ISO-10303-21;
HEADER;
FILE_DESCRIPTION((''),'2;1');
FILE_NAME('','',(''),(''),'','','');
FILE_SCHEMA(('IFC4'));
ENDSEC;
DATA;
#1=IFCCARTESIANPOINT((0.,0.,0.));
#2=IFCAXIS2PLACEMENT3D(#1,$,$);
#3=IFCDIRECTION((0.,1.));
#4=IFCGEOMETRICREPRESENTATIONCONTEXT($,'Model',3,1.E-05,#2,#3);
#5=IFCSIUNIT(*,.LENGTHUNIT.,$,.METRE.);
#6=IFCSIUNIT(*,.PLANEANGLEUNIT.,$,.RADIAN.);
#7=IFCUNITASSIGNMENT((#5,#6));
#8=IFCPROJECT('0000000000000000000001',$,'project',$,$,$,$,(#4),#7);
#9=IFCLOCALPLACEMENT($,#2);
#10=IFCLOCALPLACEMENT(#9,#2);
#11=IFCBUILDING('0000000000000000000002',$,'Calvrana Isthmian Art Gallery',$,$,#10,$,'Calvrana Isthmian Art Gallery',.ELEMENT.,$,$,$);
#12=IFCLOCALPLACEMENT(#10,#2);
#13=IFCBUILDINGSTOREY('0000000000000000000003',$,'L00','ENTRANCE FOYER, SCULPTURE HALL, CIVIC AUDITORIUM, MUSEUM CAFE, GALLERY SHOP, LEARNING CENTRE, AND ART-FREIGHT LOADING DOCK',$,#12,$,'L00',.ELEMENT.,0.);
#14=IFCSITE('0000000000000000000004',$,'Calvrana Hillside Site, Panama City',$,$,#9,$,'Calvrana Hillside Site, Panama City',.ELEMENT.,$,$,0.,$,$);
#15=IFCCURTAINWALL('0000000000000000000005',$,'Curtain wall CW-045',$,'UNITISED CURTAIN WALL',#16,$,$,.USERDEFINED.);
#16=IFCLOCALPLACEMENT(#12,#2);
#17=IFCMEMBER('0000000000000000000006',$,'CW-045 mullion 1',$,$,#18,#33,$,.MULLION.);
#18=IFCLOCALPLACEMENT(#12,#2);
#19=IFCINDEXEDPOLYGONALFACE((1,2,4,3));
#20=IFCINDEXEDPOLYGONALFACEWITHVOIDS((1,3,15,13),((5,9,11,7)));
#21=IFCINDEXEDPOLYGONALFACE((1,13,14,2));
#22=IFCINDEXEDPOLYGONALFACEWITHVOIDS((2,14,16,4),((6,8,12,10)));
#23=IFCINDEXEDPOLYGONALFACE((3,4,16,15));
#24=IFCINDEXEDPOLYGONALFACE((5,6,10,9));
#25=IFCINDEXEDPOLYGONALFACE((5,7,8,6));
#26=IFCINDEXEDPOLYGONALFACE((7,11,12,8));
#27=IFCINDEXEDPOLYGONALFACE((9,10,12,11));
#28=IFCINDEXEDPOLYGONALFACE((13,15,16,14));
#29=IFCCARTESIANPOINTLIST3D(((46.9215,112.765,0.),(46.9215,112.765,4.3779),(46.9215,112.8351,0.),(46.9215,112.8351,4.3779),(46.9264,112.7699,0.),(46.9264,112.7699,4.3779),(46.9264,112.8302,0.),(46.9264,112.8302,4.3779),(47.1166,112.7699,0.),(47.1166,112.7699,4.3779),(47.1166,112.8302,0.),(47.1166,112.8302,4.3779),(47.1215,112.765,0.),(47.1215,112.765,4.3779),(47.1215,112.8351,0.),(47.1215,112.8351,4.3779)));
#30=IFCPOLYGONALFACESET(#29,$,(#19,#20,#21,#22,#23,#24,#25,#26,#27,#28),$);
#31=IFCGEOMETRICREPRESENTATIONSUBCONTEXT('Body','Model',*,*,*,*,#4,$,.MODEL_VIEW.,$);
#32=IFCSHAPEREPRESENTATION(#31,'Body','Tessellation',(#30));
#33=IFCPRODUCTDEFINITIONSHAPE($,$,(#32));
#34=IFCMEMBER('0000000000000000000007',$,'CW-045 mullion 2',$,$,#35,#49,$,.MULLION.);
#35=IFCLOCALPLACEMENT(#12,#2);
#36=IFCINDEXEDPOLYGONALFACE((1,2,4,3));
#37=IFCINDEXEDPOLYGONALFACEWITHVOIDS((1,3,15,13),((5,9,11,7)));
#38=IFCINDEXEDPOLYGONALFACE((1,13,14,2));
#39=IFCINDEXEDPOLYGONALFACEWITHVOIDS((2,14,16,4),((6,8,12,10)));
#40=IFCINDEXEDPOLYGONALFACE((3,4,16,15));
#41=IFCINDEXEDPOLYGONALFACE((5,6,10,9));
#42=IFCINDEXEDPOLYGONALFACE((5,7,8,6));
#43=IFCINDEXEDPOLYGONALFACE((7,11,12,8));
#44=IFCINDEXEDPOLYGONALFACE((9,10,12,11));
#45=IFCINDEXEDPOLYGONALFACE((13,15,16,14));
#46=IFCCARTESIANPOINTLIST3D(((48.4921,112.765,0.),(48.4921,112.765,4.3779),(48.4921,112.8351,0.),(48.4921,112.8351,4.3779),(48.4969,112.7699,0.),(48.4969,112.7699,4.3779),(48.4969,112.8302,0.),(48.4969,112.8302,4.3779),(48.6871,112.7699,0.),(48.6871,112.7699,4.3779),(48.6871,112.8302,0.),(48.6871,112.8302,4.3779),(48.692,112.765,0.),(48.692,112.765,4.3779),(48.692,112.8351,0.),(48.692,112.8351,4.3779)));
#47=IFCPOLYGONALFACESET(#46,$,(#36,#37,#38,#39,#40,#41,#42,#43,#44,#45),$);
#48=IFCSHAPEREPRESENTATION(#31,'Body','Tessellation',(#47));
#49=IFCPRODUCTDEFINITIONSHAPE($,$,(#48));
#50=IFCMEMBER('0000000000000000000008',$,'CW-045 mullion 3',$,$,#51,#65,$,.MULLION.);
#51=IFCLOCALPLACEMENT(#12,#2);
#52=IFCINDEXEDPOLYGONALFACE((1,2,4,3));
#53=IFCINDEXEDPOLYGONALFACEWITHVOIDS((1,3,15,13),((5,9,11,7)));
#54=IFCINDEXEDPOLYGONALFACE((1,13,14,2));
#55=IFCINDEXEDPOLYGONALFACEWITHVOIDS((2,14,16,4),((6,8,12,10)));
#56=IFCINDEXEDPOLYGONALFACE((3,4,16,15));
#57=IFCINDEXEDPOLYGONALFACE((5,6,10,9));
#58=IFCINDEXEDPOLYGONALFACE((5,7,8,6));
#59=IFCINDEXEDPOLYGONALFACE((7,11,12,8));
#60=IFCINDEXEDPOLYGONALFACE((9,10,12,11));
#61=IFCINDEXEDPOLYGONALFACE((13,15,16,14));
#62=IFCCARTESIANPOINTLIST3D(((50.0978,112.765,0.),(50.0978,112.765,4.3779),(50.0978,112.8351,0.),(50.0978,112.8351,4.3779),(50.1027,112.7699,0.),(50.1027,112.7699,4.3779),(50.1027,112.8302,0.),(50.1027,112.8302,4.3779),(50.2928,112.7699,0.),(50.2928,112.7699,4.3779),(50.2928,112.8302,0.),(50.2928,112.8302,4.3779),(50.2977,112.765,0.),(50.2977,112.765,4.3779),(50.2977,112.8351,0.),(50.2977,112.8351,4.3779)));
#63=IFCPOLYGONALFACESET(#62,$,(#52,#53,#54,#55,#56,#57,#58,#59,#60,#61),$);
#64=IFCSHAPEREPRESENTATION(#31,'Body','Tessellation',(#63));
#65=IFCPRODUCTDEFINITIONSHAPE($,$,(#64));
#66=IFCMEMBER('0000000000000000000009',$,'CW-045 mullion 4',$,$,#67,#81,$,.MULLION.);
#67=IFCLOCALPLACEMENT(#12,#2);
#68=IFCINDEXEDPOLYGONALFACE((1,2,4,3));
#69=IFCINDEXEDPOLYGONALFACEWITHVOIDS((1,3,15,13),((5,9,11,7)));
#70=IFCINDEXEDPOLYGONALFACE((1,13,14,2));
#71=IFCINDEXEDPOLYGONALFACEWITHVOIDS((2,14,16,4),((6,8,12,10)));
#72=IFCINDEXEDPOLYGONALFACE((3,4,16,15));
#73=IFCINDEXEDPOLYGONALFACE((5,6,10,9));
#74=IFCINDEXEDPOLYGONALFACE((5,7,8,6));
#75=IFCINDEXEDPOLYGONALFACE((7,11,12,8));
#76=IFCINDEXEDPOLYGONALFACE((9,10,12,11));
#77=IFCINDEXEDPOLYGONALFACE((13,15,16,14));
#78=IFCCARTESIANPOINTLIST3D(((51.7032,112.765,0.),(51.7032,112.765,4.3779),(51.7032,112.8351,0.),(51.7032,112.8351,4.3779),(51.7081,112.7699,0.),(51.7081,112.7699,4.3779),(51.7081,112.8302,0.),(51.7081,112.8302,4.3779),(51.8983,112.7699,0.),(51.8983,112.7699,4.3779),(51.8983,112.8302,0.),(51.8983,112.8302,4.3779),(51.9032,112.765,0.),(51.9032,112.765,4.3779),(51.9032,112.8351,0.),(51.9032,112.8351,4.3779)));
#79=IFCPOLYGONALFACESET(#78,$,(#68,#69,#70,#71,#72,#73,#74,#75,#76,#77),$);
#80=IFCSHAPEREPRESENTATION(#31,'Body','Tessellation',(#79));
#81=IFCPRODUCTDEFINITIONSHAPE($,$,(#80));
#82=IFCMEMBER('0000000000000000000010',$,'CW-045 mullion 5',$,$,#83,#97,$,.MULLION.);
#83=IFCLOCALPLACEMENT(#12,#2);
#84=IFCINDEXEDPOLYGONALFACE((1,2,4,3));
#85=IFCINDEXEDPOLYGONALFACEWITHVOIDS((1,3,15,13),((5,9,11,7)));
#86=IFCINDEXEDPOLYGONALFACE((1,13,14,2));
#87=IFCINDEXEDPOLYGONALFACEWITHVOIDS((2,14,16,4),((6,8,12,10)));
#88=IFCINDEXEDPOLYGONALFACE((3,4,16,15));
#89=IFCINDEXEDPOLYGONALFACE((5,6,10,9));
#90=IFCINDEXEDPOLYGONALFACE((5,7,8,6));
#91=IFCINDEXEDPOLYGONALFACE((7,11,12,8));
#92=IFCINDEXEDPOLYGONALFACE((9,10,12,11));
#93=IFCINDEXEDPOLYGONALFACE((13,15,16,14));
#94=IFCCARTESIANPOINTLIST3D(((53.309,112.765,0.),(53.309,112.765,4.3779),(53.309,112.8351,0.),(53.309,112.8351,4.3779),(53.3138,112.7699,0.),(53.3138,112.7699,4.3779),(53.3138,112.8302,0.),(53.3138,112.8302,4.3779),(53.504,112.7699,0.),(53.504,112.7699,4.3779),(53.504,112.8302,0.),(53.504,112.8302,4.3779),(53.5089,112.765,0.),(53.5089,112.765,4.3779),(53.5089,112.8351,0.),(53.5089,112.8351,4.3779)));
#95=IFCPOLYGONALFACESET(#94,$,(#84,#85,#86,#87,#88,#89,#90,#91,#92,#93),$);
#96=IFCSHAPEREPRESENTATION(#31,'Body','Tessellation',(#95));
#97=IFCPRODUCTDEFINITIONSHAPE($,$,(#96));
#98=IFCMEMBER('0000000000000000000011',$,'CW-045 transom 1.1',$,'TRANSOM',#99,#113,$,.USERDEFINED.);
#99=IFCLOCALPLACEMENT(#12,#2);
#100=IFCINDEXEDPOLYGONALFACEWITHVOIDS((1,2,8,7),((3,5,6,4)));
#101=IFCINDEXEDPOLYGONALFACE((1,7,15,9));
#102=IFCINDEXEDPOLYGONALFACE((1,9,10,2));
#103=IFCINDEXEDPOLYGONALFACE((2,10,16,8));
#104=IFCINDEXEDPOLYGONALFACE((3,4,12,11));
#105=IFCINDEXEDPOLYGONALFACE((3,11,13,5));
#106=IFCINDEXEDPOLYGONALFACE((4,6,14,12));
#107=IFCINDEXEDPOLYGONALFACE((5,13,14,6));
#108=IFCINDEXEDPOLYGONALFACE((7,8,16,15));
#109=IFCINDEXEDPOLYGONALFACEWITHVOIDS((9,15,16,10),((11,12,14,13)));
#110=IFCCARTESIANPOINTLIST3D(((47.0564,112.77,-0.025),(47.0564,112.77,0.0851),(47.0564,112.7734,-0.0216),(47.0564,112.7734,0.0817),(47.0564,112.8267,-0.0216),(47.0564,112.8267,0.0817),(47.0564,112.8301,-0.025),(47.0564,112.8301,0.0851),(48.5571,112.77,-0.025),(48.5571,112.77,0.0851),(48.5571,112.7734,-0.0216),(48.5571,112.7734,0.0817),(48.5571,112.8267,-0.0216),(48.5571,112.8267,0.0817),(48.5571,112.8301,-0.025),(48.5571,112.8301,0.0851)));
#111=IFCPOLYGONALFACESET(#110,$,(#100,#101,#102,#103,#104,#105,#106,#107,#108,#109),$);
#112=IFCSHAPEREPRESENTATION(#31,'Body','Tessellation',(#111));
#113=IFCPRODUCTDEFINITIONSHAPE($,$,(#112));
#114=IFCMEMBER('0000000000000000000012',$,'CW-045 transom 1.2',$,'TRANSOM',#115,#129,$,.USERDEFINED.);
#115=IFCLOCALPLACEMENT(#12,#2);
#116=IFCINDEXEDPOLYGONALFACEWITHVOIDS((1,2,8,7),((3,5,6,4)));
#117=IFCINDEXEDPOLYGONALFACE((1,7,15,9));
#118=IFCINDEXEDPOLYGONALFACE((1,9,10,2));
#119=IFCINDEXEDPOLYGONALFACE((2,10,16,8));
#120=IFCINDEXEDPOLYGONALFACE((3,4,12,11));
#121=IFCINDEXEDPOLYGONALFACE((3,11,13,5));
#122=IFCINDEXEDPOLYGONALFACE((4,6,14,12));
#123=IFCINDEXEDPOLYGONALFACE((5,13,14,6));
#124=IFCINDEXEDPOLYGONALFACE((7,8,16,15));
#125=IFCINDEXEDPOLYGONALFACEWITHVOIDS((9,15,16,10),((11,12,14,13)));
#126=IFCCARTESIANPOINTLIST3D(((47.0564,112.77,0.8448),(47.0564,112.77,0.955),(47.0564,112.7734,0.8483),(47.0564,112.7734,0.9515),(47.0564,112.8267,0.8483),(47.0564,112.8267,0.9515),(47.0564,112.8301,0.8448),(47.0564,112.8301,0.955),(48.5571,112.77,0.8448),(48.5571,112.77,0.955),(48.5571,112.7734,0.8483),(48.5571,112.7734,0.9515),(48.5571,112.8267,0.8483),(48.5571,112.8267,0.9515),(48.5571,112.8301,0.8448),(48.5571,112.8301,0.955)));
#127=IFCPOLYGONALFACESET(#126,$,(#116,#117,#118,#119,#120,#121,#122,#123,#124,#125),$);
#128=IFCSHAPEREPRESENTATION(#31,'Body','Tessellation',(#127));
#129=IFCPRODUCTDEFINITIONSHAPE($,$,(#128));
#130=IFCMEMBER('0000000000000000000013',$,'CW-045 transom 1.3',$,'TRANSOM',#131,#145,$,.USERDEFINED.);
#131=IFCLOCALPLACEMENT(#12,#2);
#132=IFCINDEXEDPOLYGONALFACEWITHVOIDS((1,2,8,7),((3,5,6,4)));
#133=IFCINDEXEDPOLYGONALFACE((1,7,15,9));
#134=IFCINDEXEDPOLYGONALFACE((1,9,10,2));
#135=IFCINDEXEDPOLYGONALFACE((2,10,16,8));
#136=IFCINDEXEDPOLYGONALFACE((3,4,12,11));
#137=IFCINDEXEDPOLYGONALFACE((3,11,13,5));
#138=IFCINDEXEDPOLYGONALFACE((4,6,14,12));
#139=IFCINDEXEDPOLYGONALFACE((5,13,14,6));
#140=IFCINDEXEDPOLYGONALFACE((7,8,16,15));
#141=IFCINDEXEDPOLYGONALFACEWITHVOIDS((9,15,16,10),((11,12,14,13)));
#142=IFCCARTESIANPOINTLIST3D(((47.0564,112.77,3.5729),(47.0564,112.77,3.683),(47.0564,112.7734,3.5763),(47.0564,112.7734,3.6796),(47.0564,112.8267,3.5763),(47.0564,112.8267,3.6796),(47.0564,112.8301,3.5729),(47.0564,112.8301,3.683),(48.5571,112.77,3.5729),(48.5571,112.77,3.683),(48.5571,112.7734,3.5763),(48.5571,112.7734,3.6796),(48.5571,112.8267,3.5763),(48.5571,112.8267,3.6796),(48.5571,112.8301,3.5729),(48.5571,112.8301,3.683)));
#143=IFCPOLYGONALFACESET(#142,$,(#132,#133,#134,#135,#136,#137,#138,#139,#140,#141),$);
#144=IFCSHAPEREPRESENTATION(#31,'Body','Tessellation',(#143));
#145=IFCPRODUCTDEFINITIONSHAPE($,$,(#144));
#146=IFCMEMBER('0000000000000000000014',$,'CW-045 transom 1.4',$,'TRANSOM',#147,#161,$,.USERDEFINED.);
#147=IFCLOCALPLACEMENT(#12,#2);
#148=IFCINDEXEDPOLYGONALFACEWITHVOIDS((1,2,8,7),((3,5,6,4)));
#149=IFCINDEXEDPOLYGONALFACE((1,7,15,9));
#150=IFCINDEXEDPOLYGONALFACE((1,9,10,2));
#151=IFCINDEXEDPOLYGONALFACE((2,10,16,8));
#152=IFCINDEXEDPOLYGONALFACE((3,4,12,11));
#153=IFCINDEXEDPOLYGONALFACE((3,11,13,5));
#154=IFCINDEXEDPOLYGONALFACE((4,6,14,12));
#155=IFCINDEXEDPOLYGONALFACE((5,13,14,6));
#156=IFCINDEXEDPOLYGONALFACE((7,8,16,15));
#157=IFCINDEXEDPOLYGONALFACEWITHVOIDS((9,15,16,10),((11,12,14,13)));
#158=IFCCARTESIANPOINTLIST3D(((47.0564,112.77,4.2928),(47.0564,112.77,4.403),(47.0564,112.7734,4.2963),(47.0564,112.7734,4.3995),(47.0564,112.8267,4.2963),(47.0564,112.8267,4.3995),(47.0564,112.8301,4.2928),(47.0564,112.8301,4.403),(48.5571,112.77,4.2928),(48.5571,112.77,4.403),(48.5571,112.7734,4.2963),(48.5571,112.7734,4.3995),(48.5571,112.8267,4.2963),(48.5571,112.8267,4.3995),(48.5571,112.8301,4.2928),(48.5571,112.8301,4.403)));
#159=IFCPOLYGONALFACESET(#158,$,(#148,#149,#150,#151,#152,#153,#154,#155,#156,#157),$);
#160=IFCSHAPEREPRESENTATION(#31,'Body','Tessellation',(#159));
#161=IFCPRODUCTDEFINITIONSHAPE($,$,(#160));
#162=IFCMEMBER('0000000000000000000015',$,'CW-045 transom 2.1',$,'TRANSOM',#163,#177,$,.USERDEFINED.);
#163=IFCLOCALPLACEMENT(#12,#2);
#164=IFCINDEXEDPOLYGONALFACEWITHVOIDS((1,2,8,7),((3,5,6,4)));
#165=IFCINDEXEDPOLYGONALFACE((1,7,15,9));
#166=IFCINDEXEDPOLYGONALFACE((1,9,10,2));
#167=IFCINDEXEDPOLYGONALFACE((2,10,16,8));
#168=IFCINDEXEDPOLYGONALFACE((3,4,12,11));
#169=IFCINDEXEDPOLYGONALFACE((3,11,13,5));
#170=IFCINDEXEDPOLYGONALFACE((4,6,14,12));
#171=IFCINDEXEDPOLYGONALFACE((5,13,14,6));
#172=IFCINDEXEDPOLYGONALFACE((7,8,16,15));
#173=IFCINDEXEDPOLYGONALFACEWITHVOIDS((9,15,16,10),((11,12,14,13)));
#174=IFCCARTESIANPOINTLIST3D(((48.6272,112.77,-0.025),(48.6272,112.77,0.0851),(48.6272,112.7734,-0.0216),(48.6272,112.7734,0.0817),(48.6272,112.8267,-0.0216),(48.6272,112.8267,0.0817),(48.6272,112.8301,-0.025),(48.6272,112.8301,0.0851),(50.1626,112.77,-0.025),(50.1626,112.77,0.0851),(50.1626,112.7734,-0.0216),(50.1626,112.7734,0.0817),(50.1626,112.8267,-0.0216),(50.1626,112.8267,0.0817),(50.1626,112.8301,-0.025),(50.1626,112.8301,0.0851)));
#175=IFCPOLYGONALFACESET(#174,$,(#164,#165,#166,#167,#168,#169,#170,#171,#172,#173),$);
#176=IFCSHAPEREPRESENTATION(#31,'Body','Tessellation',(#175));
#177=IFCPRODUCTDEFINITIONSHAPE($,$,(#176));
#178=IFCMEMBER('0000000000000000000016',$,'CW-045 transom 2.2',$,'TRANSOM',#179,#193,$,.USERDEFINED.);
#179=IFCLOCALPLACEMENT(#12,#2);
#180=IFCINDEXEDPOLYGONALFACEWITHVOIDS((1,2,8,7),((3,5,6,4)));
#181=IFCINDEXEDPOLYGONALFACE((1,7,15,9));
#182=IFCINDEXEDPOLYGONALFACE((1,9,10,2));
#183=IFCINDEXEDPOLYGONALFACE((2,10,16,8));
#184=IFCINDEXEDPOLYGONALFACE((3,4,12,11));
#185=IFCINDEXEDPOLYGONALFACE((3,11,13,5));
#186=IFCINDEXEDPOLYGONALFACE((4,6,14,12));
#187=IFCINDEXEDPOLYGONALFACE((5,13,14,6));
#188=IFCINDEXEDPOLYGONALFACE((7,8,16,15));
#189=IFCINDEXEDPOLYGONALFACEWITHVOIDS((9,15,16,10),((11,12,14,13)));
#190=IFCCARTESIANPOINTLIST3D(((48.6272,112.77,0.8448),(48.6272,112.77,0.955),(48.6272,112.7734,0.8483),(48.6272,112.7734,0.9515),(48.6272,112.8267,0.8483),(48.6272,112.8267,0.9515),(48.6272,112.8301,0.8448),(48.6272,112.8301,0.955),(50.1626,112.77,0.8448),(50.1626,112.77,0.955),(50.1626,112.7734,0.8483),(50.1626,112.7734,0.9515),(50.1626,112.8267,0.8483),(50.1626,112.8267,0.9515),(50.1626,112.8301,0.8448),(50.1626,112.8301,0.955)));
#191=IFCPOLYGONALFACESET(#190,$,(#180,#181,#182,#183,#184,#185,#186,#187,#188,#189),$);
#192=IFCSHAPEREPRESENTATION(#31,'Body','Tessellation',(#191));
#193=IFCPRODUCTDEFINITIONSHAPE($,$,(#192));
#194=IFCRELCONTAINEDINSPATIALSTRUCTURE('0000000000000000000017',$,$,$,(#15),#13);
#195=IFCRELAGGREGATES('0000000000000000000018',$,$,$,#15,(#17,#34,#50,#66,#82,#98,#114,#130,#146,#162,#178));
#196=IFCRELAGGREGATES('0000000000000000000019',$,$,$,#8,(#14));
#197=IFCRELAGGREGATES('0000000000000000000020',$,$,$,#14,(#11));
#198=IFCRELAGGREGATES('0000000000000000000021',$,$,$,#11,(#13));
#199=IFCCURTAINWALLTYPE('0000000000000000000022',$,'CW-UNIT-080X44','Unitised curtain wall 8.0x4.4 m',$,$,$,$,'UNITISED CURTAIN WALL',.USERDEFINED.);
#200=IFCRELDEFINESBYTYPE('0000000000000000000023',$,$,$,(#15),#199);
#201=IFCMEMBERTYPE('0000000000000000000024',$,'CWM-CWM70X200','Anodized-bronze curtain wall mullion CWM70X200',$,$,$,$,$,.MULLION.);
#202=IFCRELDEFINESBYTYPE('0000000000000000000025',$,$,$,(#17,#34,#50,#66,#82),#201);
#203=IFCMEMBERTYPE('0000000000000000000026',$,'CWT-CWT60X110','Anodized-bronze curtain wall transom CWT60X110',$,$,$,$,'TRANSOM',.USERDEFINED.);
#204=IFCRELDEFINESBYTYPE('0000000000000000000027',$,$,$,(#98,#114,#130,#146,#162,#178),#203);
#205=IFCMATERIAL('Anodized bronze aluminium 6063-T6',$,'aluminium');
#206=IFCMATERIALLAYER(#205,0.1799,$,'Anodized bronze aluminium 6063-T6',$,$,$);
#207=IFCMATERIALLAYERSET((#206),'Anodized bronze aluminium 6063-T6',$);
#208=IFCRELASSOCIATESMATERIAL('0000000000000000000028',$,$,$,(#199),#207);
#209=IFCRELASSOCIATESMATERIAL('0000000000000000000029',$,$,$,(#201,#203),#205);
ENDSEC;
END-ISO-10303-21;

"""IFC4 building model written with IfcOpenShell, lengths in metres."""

from ifc_helpers import new_model, si_unit, direction, frame, origin, origin_2d, place, context, subcontext, project, spatial, hollow_rectangle, extrude, material, layer, layer_set, material_profile, profile_set, type_object, element, aggregate, save


model = new_model("IFC4")

# Units and contexts
model_context = context("Model", 3, precision=1e-05, world=origin(), true_north=direction((0.0, 1.0)))
body_context = subcontext(model_context, "Body", "Model", "MODEL_VIEW")
ifc_project = project(units=[si_unit("LENGTHUNIT", "METRE"), si_unit("PLANEANGLEUNIT", "RADIAN")], contexts=[model_context])

# Site, building, storey
site_placement = place(None, origin())
site = spatial("IfcSite", under=ifc_project, at=site_placement, Name="Calvrana Hillside Site, Panama City", LongName="Calvrana Hillside Site, Panama City", CompositionType="ELEMENT", RefElevation=0.0)
building_placement = place(site_placement, origin())
building = spatial("IfcBuilding", under=site, at=building_placement, Name="Calvrana Isthmian Art Gallery", LongName="Calvrana Isthmian Art Gallery", CompositionType="ELEMENT")
storey_placement = place(building_placement, origin())
storey = spatial("IfcBuildingStorey", under=building, at=storey_placement, Name="L00", Description="ENTRANCE FOYER, SCULPTURE HALL, CIVIC AUDITORIUM, MUSEUM CAFE, GALLERY SHOP, LEARNING CENTRE, AND ART-FREIGHT LOADING DOCK", LongName="L00", CompositionType="ELEMENT", Elevation=0.0)

# Curtain wall, members
ifc_material_1 = material(Name="Anodized bronze aluminium 6063-T6", Category="aluminium")
ifc_layer_1 = layer(ifc_material_1, 0.1799, Name="Anodized bronze aluminium 6063-T6")
ifc_layer_set_1 = layer_set([ifc_layer_1], Name="Anodized bronze aluminium 6063-T6")
curtain_wall_type = type_object("IfcCurtainWallType", Name="CW-UNIT-080X44", Description="Unitised curtain wall 8.0x4.4 m", ElementType="UNITISED CURTAIN WALL", PredefinedType="USERDEFINED", material=ifc_layer_set_1)
curtain_wall_placement = place(storey_placement, origin())
curtain_wall = element("IfcCurtainWall", 1, at=curtain_wall_placement, inside=storey, type_object=curtain_wall_type, Name="Curtain wall CW-045", ObjectType="UNITISED CURTAIN WALL", PredefinedType="USERDEFINED")
ifc_material_profile_1 = material_profile(ifc_material_1, hollow_rectangle(XDim=0.0701, YDim=0.2, WallThickness=0.0049, at=origin_2d()), Name="CWM70X200")
ifc_profile_set_1 = profile_set([ifc_material_profile_1], Name="Anodized bronze aluminium 6063-T6")
member_type_1 = type_object("IfcMemberType", Name="CWM-CWM70X200", Description="Anodized-bronze curtain wall mullion CWM70X200", PredefinedType="MULLION", material=ifc_profile_set_1)
member_1_placement = place(storey_placement, frame((47.0215, 112.8, 0.0), z_axis=(0.0, 0.0, 1.0), x_axis=(0.0, 1.0, 0.0)))
member_1 = element("IfcMember", 2, at=member_1_placement, type_object=member_type_1, Name="CW-045 mullion 1", PredefinedType="MULLION", context=body_context, shape_type="SweptSolid", body=[
    extrude(hollow_rectangle(XDim=0.0701, YDim=0.2, WallThickness=0.0049, at=origin_2d()), origin(), (0.0, 0.0, 1.0), 4.3779),
])
member_2_placement = place(storey_placement, frame((48.592, 112.8, 0.0), z_axis=(0.0, 0.0, 1.0), x_axis=(0.0, 1.0, 0.0)))
member_2 = element("IfcMember", 3, at=member_2_placement, type_object=member_type_1, Name="CW-045 mullion 2", PredefinedType="MULLION", context=body_context, shape_type="SweptSolid", body=[
    extrude(hollow_rectangle(XDim=0.0701, YDim=0.2, WallThickness=0.0049, at=origin_2d()), origin(), (0.0, 0.0, 1.0), 4.3779),
])
member_3_placement = place(storey_placement, frame((50.1978, 112.8, 0.0), z_axis=(0.0, 0.0, 1.0), x_axis=(0.0, 1.0, 0.0)))
member_3 = element("IfcMember", 4, at=member_3_placement, type_object=member_type_1, Name="CW-045 mullion 3", PredefinedType="MULLION", context=body_context, shape_type="SweptSolid", body=[
    extrude(hollow_rectangle(XDim=0.0701, YDim=0.2, WallThickness=0.0049, at=origin_2d()), origin(), (0.0, 0.0, 1.0), 4.3779),
])
member_4_placement = place(storey_placement, frame((51.8032, 112.8, 0.0), z_axis=(0.0, 0.0, 1.0), x_axis=(0.0, 1.0, 0.0)))
member_4 = element("IfcMember", 5, at=member_4_placement, type_object=member_type_1, Name="CW-045 mullion 4", PredefinedType="MULLION", context=body_context, shape_type="SweptSolid", body=[
    extrude(hollow_rectangle(XDim=0.0701, YDim=0.2, WallThickness=0.0049, at=origin_2d()), origin(), (0.0, 0.0, 1.0), 4.3779),
])
member_5_placement = place(storey_placement, frame((53.4089, 112.8, 0.0), z_axis=(0.0, 0.0, 1.0), x_axis=(0.0, 1.0, 0.0)))
member_5 = element("IfcMember", 6, at=member_5_placement, type_object=member_type_1, Name="CW-045 mullion 5", PredefinedType="MULLION", context=body_context, shape_type="SweptSolid", body=[
    extrude(hollow_rectangle(XDim=0.0701, YDim=0.2, WallThickness=0.0049, at=origin_2d()), origin(), (0.0, 0.0, 1.0), 4.3779),
])
ifc_material_profile_2 = material_profile(ifc_material_1, hollow_rectangle(XDim=0.0601, YDim=0.1101, WallThickness=0.0034, at=origin_2d()), Name="CWT60X110")
ifc_profile_set_2 = profile_set([ifc_material_profile_2], Name="Anodized bronze aluminium 6063-T6")
member_type_2 = type_object("IfcMemberType", Name="CWT-CWT60X110", Description="Anodized-bronze curtain wall transom CWT60X110", ElementType="TRANSOM", PredefinedType="USERDEFINED", material=ifc_profile_set_2)
member_6_placement = place(storey_placement, frame((47.0564, 112.8, 0.03), z_axis=(1.0, 0.0, 0.0), x_axis=(0.0, 1.0, 0.0)))
member_6 = element("IfcMember", 7, at=member_6_placement, type_object=member_type_2, Name="CW-045 transom 1.1", ObjectType="TRANSOM", PredefinedType="USERDEFINED", context=body_context, shape_type="SweptSolid", body=[
    extrude(hollow_rectangle(XDim=0.0601, YDim=0.1101, WallThickness=0.0034, at=origin_2d()), origin(), (0.0, 0.0, 1.0), 1.5007),
])
member_7_placement = place(storey_placement, frame((47.0564, 112.8, 0.8999), z_axis=(1.0, 0.0, 0.0), x_axis=(0.0, 1.0, 0.0)))
member_7 = element("IfcMember", 8, at=member_7_placement, type_object=member_type_2, Name="CW-045 transom 1.2", ObjectType="TRANSOM", PredefinedType="USERDEFINED", context=body_context, shape_type="SweptSolid", body=[
    extrude(hollow_rectangle(XDim=0.0601, YDim=0.1101, WallThickness=0.0034, at=origin_2d()), origin(), (0.0, 0.0, 1.0), 1.5007),
])
member_8_placement = place(storey_placement, frame((47.0564, 112.8, 3.6279), z_axis=(1.0, 0.0, 0.0), x_axis=(0.0, 1.0, 0.0)))
member_8 = element("IfcMember", 9, at=member_8_placement, type_object=member_type_2, Name="CW-045 transom 1.3", ObjectType="TRANSOM", PredefinedType="USERDEFINED", context=body_context, shape_type="SweptSolid", body=[
    extrude(hollow_rectangle(XDim=0.0601, YDim=0.1101, WallThickness=0.0034, at=origin_2d()), origin(), (0.0, 0.0, 1.0), 1.5007),
])
member_9_placement = place(storey_placement, frame((47.0564, 112.8, 4.3479), z_axis=(1.0, 0.0, 0.0), x_axis=(0.0, 1.0, 0.0)))
member_9 = element("IfcMember", 10, at=member_9_placement, type_object=member_type_2, Name="CW-045 transom 1.4", ObjectType="TRANSOM", PredefinedType="USERDEFINED", context=body_context, shape_type="SweptSolid", body=[
    extrude(hollow_rectangle(XDim=0.0601, YDim=0.1101, WallThickness=0.0034, at=origin_2d()), origin(), (0.0, 0.0, 1.0), 1.5007),
])
member_10_placement = place(storey_placement, frame((48.6272, 112.8, 0.03), z_axis=(1.0, 0.0, 0.0), x_axis=(0.0, 1.0, 0.0)))
member_10 = element("IfcMember", 11, at=member_10_placement, type_object=member_type_2, Name="CW-045 transom 2.1", ObjectType="TRANSOM", PredefinedType="USERDEFINED", context=body_context, shape_type="SweptSolid", body=[
    extrude(hollow_rectangle(XDim=0.0601, YDim=0.1101, WallThickness=0.0034, at=origin_2d()), origin(), (0.0, 0.0, 1.0), 1.5354),
])
member_11_placement = place(storey_placement, frame((48.6272, 112.8, 0.8999), z_axis=(1.0, 0.0, 0.0), x_axis=(0.0, 1.0, 0.0)))
member_11 = element("IfcMember", 12, at=member_11_placement, type_object=member_type_2, Name="CW-045 transom 2.2", ObjectType="TRANSOM", PredefinedType="USERDEFINED", context=body_context, shape_type="SweptSolid", body=[
    extrude(hollow_rectangle(XDim=0.0601, YDim=0.1101, WallThickness=0.0034, at=origin_2d()), origin(), (0.0, 0.0, 1.0), 1.5354),
])
aggregate(curtain_wall, [member_1, member_2, member_3, member_4, member_5, member_6, member_7, member_8, member_9, member_10, member_11])

save(model, "model.ifc")
